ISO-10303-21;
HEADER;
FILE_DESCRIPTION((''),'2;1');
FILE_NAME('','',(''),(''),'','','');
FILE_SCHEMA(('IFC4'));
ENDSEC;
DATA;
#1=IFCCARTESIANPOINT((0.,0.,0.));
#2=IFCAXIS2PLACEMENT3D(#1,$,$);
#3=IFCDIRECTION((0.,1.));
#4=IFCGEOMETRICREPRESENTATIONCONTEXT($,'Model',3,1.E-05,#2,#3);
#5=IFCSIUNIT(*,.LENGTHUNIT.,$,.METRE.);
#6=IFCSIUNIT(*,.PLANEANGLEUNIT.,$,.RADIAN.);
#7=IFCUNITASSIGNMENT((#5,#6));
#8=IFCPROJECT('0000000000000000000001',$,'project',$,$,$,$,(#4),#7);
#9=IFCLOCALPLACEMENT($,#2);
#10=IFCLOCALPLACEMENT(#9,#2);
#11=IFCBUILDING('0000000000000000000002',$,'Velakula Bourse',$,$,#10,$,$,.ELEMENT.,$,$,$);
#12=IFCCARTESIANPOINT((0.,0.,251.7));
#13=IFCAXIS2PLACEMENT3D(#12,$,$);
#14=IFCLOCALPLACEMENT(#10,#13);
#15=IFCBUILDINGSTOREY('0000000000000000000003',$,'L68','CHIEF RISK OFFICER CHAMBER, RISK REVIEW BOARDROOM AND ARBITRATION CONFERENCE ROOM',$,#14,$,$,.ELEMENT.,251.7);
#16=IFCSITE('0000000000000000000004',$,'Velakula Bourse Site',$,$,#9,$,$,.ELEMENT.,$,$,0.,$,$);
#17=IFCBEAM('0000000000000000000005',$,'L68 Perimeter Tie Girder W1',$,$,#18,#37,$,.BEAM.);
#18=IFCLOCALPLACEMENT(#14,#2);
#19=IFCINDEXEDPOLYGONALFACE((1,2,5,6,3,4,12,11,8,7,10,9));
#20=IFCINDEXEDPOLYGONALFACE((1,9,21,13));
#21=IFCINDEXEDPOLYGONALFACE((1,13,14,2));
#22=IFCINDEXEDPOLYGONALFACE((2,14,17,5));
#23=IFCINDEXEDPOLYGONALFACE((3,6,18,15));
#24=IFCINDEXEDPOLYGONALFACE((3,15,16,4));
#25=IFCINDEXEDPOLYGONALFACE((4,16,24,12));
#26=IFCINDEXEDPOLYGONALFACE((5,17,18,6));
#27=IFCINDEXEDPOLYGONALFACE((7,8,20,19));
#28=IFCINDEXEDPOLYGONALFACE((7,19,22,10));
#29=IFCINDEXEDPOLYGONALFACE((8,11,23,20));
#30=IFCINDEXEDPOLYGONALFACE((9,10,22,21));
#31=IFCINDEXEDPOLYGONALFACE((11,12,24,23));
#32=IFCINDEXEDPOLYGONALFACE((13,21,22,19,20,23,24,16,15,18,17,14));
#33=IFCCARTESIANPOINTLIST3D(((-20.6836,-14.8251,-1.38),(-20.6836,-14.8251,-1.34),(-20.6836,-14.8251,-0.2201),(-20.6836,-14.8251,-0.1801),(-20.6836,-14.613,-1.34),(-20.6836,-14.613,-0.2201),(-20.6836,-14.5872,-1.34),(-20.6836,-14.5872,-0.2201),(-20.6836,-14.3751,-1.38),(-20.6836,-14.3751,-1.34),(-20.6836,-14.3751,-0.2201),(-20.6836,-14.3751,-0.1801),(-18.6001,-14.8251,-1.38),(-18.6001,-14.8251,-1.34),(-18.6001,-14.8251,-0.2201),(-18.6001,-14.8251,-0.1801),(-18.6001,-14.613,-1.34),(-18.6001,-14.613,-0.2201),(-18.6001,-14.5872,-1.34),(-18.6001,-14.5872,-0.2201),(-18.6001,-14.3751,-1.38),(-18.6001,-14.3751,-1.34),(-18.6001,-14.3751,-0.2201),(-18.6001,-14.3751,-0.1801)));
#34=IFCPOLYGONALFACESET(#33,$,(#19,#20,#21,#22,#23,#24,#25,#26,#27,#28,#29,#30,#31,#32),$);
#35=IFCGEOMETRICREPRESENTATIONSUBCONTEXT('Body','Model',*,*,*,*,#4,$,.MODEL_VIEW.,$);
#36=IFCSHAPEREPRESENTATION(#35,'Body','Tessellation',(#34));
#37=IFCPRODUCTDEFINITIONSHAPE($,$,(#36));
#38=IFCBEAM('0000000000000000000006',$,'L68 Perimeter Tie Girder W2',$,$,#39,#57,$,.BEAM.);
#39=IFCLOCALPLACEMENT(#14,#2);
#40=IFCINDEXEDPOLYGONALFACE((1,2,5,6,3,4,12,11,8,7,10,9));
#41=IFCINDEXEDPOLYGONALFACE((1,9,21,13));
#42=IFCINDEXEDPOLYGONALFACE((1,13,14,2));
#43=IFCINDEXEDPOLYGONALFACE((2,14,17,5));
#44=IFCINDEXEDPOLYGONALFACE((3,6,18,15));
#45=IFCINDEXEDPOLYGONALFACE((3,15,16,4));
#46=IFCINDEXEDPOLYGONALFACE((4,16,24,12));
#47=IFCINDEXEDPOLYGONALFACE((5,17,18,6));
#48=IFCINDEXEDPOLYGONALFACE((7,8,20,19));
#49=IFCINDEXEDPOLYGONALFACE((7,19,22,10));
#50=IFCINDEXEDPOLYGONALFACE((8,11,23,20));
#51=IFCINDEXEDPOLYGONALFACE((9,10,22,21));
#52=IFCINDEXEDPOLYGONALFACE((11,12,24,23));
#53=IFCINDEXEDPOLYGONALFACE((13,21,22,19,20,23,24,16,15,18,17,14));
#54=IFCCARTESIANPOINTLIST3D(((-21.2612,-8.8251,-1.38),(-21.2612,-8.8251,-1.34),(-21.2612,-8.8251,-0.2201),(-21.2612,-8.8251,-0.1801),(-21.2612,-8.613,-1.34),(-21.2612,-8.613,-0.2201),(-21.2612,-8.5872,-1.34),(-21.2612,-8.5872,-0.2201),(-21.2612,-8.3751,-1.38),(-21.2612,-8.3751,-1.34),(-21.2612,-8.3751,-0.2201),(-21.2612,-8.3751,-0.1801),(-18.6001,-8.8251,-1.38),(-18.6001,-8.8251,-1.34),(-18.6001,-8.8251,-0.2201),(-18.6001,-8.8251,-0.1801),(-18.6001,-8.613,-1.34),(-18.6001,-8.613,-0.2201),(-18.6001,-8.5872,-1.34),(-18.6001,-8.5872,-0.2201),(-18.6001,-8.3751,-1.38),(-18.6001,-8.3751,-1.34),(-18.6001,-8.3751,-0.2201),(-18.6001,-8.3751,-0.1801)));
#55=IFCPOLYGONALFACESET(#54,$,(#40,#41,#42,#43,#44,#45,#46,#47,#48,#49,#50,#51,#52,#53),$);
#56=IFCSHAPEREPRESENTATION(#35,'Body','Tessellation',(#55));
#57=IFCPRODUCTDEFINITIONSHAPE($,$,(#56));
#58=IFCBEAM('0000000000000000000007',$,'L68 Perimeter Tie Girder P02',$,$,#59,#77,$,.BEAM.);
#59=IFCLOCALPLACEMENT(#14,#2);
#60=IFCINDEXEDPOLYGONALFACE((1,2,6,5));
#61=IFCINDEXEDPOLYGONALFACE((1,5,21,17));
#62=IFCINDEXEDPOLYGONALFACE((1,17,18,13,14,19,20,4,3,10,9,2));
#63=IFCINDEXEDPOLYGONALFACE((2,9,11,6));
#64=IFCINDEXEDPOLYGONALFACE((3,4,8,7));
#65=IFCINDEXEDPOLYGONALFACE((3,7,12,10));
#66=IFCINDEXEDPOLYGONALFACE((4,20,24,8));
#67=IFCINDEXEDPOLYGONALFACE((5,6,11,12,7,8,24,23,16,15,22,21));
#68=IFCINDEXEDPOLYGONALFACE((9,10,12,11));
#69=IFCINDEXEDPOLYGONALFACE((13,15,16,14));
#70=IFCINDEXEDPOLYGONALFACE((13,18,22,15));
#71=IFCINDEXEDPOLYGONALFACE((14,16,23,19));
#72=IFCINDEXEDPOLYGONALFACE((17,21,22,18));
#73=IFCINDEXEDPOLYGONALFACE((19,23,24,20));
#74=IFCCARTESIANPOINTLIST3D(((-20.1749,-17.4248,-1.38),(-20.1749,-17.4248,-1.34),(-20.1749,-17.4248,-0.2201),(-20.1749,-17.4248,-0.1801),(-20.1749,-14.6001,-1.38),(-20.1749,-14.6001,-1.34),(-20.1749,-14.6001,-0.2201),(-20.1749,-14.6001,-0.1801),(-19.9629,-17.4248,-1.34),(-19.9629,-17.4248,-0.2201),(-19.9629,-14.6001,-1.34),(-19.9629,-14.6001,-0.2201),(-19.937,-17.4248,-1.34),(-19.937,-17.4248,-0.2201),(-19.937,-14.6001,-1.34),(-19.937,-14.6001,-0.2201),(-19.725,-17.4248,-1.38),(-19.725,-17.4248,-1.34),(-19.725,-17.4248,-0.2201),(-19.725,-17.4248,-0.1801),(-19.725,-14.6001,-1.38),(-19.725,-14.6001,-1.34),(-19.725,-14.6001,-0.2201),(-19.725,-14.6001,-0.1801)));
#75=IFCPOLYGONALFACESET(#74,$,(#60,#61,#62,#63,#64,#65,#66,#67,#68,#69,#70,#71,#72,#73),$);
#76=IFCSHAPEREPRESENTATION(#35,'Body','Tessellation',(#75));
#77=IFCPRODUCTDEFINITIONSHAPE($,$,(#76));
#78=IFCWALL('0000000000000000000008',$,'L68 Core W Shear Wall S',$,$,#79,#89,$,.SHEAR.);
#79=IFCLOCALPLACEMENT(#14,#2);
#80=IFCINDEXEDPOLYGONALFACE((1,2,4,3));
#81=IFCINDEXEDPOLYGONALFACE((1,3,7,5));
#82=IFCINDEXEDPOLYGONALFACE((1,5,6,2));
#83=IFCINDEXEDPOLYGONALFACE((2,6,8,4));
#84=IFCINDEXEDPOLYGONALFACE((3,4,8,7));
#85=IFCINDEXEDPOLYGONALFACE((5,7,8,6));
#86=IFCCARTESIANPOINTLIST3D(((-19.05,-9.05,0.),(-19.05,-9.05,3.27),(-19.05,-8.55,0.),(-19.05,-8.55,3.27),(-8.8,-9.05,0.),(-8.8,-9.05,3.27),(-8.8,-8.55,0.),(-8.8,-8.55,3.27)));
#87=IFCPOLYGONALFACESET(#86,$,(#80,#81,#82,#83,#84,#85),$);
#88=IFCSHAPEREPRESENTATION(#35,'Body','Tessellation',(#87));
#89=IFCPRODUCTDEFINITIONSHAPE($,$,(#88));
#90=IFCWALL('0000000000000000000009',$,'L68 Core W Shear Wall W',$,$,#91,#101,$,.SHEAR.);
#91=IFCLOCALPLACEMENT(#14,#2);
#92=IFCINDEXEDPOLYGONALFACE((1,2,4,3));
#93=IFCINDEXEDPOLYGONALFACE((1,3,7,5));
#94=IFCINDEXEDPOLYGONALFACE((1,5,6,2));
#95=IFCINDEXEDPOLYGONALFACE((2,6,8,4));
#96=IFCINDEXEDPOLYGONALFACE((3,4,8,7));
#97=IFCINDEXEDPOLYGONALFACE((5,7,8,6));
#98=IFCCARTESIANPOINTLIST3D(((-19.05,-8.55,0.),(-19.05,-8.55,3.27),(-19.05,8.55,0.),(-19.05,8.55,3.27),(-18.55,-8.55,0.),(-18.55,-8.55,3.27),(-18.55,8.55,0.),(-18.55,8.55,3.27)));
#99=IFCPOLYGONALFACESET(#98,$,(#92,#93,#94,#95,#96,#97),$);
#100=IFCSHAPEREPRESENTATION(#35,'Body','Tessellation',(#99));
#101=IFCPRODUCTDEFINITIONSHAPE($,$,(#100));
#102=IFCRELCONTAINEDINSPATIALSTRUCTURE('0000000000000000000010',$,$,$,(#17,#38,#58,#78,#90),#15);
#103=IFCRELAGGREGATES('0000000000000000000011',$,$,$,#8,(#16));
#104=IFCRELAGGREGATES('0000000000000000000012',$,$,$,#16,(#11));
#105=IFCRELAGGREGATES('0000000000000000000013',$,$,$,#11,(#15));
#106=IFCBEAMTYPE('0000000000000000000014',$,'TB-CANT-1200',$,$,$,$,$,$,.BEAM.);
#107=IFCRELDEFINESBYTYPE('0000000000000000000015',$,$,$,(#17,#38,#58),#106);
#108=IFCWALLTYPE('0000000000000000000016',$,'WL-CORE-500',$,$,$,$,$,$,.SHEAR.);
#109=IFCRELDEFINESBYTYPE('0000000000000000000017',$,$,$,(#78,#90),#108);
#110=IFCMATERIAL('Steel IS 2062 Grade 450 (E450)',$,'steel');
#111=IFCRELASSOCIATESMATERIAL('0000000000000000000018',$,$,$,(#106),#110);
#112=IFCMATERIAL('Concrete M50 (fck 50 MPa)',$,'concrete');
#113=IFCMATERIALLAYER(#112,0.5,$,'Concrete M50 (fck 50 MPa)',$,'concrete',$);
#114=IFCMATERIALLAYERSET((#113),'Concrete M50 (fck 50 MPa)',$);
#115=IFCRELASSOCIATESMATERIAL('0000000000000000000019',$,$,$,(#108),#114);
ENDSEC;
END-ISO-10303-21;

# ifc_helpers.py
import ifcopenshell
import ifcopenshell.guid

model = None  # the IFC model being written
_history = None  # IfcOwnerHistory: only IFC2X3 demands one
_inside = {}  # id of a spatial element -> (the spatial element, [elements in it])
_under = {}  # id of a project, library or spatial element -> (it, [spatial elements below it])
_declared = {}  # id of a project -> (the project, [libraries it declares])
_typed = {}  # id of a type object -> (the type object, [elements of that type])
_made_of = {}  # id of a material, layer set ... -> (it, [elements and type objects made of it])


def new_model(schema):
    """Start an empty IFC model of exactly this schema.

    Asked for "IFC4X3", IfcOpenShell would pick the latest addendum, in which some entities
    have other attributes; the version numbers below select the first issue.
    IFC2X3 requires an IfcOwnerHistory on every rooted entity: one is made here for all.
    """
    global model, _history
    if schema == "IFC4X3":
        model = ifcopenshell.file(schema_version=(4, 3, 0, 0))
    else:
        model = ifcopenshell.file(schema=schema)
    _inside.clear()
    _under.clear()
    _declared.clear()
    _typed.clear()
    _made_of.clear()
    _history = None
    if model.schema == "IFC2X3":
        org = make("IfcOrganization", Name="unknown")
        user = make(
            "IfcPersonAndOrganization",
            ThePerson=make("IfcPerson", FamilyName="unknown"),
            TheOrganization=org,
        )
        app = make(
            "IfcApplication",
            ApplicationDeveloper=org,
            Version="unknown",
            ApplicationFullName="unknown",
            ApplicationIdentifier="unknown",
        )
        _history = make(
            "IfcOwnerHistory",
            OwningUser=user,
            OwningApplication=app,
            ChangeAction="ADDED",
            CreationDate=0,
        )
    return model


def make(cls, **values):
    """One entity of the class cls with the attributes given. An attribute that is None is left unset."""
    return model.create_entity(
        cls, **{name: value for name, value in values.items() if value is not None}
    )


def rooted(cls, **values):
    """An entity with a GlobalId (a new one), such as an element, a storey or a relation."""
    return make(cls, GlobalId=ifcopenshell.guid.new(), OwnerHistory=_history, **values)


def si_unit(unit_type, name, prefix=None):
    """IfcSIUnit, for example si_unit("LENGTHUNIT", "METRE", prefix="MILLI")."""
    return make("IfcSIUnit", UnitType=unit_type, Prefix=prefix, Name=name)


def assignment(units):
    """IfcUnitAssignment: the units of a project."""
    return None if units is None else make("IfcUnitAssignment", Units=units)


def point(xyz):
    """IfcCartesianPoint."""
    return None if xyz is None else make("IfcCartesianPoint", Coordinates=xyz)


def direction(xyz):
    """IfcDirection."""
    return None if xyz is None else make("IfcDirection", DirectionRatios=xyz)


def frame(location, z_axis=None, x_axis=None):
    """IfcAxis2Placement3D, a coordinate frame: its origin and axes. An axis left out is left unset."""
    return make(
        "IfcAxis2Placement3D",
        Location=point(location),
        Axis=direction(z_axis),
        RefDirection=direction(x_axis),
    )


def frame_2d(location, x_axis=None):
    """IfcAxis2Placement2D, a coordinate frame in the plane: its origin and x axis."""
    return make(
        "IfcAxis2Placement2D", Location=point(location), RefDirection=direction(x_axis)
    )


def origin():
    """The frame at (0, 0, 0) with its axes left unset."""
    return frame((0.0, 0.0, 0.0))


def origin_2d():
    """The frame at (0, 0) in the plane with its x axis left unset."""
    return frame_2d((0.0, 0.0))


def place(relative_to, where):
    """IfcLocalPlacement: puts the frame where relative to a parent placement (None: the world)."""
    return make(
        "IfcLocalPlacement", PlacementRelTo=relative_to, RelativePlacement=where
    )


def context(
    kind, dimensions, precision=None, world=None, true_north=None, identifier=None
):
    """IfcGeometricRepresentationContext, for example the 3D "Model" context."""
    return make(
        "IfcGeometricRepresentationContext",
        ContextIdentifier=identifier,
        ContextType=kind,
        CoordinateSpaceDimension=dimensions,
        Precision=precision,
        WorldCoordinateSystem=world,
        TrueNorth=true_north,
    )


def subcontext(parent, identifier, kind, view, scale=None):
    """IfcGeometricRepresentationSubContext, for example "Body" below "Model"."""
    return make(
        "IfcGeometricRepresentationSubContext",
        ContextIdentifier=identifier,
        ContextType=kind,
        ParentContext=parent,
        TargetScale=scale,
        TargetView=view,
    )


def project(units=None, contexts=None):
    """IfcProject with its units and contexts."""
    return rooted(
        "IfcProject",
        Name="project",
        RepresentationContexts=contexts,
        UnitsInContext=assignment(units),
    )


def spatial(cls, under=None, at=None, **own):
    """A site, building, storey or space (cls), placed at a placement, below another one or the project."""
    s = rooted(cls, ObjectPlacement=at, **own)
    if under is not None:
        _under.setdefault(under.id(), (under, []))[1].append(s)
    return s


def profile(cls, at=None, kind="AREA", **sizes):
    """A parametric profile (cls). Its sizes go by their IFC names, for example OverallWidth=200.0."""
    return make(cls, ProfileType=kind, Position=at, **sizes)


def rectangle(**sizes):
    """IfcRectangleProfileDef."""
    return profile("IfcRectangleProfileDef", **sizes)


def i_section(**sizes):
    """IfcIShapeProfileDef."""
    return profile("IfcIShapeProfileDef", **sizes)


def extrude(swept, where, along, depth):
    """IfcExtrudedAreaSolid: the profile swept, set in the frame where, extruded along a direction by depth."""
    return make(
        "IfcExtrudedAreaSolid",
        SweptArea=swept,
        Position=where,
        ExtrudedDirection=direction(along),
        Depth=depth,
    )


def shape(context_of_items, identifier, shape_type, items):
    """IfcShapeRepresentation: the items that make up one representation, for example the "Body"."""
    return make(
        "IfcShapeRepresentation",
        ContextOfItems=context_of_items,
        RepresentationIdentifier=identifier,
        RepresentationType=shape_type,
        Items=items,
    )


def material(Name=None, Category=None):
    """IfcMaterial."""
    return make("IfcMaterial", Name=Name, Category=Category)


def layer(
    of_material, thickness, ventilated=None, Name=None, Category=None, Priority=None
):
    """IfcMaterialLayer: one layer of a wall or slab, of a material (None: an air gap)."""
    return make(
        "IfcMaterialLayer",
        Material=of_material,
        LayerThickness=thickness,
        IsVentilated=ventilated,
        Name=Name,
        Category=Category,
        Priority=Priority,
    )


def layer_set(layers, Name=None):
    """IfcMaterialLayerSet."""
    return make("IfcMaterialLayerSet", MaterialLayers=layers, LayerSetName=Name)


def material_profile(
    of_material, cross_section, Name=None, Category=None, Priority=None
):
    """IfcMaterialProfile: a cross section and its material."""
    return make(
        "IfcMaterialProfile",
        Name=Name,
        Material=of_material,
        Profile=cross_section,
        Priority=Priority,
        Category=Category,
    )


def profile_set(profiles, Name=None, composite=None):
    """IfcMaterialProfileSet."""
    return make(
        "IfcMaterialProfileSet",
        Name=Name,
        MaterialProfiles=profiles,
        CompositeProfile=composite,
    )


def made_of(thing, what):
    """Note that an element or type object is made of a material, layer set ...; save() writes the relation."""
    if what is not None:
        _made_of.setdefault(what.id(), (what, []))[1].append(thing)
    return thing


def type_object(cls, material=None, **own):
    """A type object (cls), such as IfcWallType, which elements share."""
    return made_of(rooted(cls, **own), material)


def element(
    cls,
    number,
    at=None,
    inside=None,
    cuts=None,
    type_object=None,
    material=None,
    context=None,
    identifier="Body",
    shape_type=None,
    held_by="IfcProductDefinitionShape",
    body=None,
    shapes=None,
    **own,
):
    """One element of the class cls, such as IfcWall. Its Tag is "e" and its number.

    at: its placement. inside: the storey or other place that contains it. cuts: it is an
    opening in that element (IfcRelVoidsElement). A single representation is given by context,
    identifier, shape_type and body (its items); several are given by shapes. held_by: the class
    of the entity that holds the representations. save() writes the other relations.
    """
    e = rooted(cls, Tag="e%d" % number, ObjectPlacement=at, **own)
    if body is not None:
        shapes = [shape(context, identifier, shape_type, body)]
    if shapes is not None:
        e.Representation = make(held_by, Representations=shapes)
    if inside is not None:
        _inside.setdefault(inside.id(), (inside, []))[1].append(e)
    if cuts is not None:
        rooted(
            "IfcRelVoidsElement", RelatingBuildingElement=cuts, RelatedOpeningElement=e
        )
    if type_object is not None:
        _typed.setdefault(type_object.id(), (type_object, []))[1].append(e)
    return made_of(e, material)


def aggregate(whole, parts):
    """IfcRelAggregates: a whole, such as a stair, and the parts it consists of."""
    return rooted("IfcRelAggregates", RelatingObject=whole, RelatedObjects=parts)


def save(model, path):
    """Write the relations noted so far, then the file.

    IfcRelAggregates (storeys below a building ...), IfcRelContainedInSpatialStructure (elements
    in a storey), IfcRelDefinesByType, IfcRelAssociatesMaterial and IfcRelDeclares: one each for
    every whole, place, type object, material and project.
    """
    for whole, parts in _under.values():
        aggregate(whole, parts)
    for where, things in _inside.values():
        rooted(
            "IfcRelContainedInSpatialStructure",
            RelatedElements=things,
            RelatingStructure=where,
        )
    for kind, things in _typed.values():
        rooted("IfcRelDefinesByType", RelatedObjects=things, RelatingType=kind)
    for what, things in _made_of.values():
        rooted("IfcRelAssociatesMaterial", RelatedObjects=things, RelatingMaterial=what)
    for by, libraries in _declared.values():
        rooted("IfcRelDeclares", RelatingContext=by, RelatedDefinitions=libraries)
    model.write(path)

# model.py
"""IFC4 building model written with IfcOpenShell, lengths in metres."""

from ifc_helpers import new_model, si_unit, direction, frame, frame_2d, origin, origin_2d, place, context, subcontext, project, spatial, rectangle, i_section, extrude, material, layer, layer_set, material_profile, profile_set, type_object, element, save


model = new_model("IFC4")

# Units and contexts
model_context = context("Model", 3, precision=1e-05, world=origin(), true_north=direction((0.0, 1.0)))
body_context = subcontext(model_context, "Body", "Model", "MODEL_VIEW")
ifc_project = project(units=[si_unit("LENGTHUNIT", "METRE"), si_unit("PLANEANGLEUNIT", "RADIAN")], contexts=[model_context])

# Site, building, storey
site_placement = place(None, origin())
site = spatial("IfcSite", under=ifc_project, at=site_placement, Name="Velakula Bourse Site", CompositionType="ELEMENT", RefElevation=0.0)
building_placement = place(site_placement, origin())
building = spatial("IfcBuilding", under=site, at=building_placement, Name="Velakula Bourse", CompositionType="ELEMENT")
storey_placement = place(building_placement, frame((0.0, 0.0, 251.7)))
storey = spatial("IfcBuildingStorey", under=building, at=storey_placement, Name="L68", Description="CHIEF RISK OFFICER CHAMBER, RISK REVIEW BOARDROOM AND ARBITRATION CONFERENCE ROOM", CompositionType="ELEMENT", Elevation=251.7)

# Shared definitions
ifc_material_1 = material(Name="Concrete M50 (fck 50 MPa)", Category="concrete")

# Beams
ifc_material_2 = material(Name="Steel IS 2062 Grade 450 (E450)", Category="steel")
ifc_material_profile_1 = material_profile(ifc_material_2, i_section(OverallWidth=0.45, OverallDepth=1.2, WebThickness=0.0259, FlangeThickness=0.04, at=origin_2d()), Name="Steel IS 2062 Grade 450 (E450)")
ifc_profile_set_1 = profile_set([ifc_material_profile_1], Name="Steel IS 2062 Grade 450 (E450)")
beam_type_1 = type_object("IfcBeamType", Name="TB-CANT-1200", PredefinedType="BEAM", material=ifc_profile_set_1)
beam_1_placement = place(storey_placement, frame((-18.6001, -14.6001, -0.78), z_axis=(-1.0, 0.0, 0.0), x_axis=(0.0, -1.0, 0.0)))
element("IfcBeam", 1, at=beam_1_placement, inside=storey, type_object=beam_type_1, Name="L68 Perimeter Tie Girder W1", PredefinedType="BEAM", context=body_context, shape_type="SweptSolid", body=[
    extrude(i_section(OverallWidth=0.45, OverallDepth=1.2, WebThickness=0.0259, FlangeThickness=0.04, at=origin_2d()), origin(), (0.0, 0.0, 1.0), 2.0835),
])
beam_2_placement = place(storey_placement, frame((-18.6001, -8.6001, -0.78), z_axis=(-1.0, 0.0, 0.0), x_axis=(0.0, -1.0, 0.0)))
element("IfcBeam", 2, at=beam_2_placement, inside=storey, type_object=beam_type_1, Name="L68 Perimeter Tie Girder W2", PredefinedType="BEAM", context=body_context, shape_type="SweptSolid", body=[
    extrude(i_section(OverallWidth=0.45, OverallDepth=1.2, WebThickness=0.0259, FlangeThickness=0.04, at=origin_2d()), origin(), (0.0, 0.0, 1.0), 2.6611),
])
beam_3_placement = place(storey_placement, frame((-19.95, -14.6001, -0.78), z_axis=(0.0, -1.0, 0.0), x_axis=(1.0, 0.0, 0.0)))
element("IfcBeam", 3, at=beam_3_placement, inside=storey, type_object=beam_type_1, Name="L68 Perimeter Tie Girder P02", PredefinedType="BEAM", context=body_context, shape_type="SweptSolid", body=[
    extrude(i_section(OverallWidth=0.45, OverallDepth=1.2, WebThickness=0.0259, FlangeThickness=0.04, at=origin_2d()), origin(), (0.0, 0.0, 1.0), 2.8247),
])

# Walls
ifc_layer_1 = layer(ifc_material_1, 0.5, Name="Concrete M50 (fck 50 MPa)", Category="concrete")
ifc_layer_set_1 = layer_set([ifc_layer_1], Name="Concrete M50 (fck 50 MPa)")
wall_type_1 = type_object("IfcWallType", Name="WL-CORE-500", PredefinedType="SHEAR", material=ifc_layer_set_1)
wall_1_placement = place(storey_placement, frame((-19.05, -8.8, 0.0), z_axis=(0.0, 0.0, 1.0), x_axis=(1.0, 0.0, 0.0)))
element("IfcWall", 4, at=wall_1_placement, inside=storey, type_object=wall_type_1, Name="L68 Core W Shear Wall S", PredefinedType="SHEAR", context=body_context, shape_type="SweptSolid", body=[
    extrude(rectangle(XDim=10.25, YDim=0.5, at=frame_2d((5.125, 0.0))), origin(), (0.0, 0.0, 1.0), 3.27),
])
wall_2_placement = place(storey_placement, frame((-18.8, -8.55, 0.0), z_axis=(0.0, 0.0, 1.0), x_axis=(0.0, 1.0, 0.0)))
element("IfcWall", 5, at=wall_2_placement, inside=storey, type_object=wall_type_1, Name="L68 Core W Shear Wall W", PredefinedType="SHEAR", context=body_context, shape_type="SweptSolid", body=[
    extrude(rectangle(XDim=17.1001, YDim=0.5, at=frame_2d((8.55, 0.0))), origin(), (0.0, 0.0, 1.0), 3.27),
])

save(model, "model.ifc")
